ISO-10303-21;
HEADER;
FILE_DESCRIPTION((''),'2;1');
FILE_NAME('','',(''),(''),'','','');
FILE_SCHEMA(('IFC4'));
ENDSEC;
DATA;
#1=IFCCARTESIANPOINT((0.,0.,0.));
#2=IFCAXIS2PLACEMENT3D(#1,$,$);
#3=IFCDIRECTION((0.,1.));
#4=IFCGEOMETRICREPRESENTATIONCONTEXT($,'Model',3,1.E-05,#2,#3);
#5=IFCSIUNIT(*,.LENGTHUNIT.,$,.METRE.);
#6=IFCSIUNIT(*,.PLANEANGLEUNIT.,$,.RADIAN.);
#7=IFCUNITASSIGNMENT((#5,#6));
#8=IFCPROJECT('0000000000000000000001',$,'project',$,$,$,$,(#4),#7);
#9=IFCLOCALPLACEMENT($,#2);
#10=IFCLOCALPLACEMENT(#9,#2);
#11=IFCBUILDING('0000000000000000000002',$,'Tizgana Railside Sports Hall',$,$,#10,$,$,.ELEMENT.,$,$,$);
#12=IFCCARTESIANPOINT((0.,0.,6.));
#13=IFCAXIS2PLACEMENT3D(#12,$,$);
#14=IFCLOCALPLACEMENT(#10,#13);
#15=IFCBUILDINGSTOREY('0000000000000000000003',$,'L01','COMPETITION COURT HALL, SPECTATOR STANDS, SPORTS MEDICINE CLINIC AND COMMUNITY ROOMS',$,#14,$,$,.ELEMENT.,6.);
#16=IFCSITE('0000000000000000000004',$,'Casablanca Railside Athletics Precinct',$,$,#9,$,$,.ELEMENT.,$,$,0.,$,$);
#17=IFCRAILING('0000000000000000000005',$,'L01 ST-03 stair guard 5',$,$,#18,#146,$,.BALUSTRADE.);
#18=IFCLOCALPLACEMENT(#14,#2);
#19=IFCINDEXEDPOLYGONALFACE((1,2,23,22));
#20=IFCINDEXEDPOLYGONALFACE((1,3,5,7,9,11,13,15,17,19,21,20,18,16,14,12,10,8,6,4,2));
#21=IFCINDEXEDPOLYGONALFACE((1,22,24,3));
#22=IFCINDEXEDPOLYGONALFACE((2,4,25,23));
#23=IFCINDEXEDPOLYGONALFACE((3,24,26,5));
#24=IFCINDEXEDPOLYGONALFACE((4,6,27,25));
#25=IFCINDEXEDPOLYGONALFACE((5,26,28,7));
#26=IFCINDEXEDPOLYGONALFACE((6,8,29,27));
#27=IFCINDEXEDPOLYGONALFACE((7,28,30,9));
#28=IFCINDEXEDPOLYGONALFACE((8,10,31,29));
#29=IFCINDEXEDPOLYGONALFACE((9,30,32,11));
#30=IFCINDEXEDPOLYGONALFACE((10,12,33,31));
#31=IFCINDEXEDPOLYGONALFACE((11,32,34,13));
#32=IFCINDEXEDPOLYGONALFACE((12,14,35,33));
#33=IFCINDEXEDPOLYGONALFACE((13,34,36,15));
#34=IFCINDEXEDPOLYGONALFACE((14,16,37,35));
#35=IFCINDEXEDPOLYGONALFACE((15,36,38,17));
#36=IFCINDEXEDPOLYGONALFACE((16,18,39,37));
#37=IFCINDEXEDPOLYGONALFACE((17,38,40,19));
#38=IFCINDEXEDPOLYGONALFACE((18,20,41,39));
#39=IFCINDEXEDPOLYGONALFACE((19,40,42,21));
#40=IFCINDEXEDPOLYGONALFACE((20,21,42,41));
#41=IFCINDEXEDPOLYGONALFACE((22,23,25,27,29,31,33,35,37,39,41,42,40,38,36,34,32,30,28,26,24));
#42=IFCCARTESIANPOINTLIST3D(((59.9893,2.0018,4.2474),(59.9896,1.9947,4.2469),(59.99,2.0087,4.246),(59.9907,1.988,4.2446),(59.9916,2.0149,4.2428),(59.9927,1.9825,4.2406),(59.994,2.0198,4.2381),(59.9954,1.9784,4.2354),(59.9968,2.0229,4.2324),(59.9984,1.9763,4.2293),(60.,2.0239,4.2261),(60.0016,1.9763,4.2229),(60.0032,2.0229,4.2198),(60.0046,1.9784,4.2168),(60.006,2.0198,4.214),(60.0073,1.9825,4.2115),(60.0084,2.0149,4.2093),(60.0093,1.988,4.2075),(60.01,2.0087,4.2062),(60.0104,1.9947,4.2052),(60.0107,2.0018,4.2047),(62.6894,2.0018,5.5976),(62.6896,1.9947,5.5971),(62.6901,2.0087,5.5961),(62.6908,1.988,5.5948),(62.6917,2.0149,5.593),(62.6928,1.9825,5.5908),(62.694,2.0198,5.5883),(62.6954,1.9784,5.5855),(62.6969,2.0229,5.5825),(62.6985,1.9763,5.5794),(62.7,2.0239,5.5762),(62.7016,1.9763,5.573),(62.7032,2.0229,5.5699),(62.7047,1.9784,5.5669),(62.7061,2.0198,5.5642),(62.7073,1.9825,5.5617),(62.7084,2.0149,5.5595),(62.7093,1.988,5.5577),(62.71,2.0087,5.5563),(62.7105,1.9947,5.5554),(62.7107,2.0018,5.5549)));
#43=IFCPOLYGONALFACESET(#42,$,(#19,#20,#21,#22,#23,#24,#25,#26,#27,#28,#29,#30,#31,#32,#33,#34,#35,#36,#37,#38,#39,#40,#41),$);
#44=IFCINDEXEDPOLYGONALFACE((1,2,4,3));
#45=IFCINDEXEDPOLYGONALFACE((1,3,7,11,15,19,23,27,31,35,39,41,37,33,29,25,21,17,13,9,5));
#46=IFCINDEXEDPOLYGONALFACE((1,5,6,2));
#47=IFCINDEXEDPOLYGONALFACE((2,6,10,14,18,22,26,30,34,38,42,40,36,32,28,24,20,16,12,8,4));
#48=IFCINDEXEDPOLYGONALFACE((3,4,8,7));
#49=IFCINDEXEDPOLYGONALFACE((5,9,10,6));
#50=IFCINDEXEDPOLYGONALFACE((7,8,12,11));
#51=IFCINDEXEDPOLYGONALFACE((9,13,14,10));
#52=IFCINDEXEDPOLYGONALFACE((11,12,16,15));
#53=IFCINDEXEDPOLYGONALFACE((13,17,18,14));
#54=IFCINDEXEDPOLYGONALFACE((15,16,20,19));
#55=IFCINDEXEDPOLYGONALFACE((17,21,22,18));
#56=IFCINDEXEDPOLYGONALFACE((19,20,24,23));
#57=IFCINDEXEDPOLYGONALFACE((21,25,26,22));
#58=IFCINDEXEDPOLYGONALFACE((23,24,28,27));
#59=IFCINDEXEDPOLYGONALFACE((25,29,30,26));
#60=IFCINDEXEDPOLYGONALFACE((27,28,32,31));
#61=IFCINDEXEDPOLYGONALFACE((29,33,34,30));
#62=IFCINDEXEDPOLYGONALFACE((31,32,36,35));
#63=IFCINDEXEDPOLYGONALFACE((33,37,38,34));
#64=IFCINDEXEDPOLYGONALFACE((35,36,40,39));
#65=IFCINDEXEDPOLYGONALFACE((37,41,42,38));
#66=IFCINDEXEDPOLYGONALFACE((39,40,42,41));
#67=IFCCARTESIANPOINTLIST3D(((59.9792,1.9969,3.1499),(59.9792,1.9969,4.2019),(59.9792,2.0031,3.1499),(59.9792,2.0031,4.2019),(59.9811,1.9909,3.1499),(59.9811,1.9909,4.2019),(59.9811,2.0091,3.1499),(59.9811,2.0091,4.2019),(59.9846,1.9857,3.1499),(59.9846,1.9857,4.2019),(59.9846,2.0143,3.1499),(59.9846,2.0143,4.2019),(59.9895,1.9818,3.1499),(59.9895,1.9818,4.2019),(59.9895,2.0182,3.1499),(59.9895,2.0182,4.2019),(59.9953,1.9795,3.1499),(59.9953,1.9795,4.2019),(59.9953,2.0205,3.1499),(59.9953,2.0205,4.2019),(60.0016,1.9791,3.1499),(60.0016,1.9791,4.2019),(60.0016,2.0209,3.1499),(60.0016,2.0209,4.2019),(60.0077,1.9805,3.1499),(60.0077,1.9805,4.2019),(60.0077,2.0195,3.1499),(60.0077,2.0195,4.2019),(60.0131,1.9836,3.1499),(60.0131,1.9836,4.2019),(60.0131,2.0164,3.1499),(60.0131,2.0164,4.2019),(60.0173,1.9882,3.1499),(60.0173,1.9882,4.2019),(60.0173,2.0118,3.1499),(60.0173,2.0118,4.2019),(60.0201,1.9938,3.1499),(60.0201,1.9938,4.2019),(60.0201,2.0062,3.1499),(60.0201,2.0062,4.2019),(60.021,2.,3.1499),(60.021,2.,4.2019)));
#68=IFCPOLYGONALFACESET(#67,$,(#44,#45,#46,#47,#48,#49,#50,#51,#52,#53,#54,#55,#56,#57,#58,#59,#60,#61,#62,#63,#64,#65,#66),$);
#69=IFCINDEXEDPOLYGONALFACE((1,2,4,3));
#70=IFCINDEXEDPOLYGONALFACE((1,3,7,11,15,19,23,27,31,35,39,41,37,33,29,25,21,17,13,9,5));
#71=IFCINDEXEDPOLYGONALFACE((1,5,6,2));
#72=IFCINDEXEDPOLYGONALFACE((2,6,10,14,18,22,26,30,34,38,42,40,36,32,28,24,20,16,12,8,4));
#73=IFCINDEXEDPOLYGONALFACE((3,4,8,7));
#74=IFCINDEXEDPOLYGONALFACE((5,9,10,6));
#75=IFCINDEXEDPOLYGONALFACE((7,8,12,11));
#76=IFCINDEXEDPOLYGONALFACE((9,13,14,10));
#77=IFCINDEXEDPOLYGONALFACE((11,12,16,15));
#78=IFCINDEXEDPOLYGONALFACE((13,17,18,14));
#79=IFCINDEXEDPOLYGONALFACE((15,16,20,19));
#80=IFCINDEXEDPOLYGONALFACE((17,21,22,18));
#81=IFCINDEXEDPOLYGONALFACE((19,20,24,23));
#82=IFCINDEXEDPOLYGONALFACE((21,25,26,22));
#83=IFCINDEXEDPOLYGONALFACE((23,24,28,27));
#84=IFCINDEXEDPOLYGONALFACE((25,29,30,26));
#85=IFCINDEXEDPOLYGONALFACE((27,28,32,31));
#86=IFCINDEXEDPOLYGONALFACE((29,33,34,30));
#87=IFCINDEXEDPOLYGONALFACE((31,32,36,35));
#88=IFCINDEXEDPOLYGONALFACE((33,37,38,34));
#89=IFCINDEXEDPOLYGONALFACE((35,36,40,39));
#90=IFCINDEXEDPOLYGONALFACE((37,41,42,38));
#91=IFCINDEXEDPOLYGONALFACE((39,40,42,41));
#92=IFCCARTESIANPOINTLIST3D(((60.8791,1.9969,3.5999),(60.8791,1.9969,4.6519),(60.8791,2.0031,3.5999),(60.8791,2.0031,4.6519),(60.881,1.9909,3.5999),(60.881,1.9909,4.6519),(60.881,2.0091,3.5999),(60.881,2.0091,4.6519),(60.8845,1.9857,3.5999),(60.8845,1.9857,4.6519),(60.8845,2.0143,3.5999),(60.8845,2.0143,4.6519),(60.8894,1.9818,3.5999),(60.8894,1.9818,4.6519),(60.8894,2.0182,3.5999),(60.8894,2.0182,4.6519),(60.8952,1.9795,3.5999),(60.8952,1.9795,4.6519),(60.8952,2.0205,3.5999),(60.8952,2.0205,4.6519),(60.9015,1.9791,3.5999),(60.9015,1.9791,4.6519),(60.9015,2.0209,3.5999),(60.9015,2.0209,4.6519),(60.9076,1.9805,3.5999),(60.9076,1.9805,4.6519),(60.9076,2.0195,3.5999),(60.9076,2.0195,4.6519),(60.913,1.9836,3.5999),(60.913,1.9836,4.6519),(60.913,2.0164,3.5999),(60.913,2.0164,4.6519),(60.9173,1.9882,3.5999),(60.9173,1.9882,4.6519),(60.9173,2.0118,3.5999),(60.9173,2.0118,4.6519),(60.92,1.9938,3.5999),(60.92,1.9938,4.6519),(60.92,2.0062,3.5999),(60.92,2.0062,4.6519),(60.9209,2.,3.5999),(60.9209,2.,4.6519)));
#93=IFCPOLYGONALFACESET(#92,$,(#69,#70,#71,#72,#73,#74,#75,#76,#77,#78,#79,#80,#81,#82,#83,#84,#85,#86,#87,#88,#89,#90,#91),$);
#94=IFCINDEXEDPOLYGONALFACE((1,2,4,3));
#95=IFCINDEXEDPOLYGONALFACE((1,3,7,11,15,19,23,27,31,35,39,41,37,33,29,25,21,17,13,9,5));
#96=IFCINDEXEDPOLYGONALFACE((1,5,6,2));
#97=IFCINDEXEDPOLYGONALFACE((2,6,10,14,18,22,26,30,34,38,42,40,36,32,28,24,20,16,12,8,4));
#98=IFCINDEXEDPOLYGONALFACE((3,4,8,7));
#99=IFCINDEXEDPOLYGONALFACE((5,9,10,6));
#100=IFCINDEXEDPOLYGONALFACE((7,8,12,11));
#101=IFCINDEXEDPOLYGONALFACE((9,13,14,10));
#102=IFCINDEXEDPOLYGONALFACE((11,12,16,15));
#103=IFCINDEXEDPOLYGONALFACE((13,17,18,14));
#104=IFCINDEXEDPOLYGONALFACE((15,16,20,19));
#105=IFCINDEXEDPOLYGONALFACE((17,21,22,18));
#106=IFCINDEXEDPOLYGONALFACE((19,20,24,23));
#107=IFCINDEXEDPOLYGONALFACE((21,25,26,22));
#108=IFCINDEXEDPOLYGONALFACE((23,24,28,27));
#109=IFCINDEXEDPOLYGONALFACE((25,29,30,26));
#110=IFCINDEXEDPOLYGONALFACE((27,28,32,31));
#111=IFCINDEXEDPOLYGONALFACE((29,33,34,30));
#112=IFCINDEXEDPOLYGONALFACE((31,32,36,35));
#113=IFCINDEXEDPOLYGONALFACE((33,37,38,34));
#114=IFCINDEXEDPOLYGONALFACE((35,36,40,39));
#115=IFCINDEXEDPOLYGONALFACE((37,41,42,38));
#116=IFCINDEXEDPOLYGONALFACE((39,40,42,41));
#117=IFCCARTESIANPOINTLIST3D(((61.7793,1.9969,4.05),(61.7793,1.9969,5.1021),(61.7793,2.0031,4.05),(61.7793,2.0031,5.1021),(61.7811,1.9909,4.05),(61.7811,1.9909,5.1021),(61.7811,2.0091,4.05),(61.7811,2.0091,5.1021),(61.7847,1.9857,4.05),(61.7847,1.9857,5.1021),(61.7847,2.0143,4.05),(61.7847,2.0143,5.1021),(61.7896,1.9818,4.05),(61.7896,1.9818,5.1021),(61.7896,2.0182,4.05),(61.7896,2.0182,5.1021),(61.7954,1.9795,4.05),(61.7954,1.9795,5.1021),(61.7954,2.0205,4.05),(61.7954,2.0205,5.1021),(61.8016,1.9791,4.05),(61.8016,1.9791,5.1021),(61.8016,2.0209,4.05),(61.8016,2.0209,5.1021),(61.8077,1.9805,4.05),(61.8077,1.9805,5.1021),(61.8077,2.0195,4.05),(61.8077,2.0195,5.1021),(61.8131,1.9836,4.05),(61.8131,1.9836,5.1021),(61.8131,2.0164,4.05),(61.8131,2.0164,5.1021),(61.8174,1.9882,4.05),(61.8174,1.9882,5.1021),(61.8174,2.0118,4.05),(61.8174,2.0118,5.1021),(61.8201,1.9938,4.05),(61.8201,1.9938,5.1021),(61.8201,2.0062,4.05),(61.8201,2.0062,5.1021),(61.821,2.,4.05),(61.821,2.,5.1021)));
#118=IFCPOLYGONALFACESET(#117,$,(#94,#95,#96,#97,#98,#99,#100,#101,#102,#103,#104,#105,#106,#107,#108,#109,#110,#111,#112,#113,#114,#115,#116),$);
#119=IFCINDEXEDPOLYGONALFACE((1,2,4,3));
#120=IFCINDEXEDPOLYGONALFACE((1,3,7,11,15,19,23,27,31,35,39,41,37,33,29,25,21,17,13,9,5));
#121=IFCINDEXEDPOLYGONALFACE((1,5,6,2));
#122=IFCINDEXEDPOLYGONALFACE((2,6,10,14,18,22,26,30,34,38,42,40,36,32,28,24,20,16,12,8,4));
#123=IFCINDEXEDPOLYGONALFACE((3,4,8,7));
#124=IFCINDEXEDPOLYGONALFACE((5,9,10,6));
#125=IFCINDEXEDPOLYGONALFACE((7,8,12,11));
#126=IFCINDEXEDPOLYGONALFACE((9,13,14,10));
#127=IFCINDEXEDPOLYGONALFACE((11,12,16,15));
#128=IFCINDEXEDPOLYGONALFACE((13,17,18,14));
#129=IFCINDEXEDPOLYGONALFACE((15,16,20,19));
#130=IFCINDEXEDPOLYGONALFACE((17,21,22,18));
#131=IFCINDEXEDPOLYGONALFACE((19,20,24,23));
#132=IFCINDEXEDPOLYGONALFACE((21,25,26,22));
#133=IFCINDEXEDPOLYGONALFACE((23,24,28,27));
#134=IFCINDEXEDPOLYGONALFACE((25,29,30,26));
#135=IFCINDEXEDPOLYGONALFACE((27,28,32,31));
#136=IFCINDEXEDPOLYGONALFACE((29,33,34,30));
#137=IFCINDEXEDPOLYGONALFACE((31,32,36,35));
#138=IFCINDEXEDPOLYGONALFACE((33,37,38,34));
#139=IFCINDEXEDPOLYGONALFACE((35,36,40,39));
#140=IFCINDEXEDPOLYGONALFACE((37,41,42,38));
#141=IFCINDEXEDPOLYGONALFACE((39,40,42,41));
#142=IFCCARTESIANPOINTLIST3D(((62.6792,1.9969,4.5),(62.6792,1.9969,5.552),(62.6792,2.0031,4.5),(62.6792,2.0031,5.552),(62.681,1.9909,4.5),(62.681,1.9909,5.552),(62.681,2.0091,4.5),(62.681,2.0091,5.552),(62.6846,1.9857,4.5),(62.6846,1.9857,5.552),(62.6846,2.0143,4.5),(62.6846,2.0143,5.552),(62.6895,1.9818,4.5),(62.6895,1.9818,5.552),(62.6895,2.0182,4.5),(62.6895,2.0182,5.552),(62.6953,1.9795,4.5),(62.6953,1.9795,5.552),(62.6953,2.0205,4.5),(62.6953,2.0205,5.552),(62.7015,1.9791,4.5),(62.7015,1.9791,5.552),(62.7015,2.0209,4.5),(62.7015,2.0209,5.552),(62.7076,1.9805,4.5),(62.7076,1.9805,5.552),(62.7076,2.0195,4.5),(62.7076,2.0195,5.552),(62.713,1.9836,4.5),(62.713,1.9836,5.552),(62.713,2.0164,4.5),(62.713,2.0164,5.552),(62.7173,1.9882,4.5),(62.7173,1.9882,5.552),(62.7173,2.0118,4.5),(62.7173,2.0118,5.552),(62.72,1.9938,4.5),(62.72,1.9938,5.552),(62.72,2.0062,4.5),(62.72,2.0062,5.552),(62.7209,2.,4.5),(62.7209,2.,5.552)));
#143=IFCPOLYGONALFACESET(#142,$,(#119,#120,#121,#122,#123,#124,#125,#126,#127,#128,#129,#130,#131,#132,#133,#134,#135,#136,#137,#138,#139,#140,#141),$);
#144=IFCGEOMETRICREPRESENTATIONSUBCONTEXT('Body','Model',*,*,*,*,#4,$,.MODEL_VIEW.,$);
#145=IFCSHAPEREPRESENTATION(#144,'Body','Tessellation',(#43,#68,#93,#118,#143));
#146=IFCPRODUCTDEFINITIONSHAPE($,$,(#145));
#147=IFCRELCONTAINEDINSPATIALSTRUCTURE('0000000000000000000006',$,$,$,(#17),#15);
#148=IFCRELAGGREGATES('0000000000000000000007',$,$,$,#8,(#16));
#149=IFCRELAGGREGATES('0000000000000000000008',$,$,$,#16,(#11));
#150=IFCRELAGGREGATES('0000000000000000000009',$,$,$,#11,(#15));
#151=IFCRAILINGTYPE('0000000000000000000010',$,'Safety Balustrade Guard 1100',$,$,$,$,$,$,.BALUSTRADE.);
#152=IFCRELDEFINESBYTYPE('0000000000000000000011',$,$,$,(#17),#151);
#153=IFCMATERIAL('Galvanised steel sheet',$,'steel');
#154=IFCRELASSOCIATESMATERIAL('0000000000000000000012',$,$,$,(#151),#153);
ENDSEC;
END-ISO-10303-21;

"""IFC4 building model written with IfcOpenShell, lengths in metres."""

from ifc_helpers import new_model, si_unit, direction, frame, origin, origin_2d, place, context, subcontext, project, spatial, circle, extrude, material, type_object, element, save


model = new_model("IFC4")

# Units and contexts
model_context = context("Model", 3, precision=1e-05, world=origin(), true_north=direction((0.0, 1.0)))
body_context = subcontext(model_context, "Body", "Model", "MODEL_VIEW")
ifc_project = project(units=[si_unit("LENGTHUNIT", "METRE"), si_unit("PLANEANGLEUNIT", "RADIAN")], contexts=[model_context])

# Site, building, storey
site_placement = place(None, origin())
site = spatial("IfcSite", under=ifc_project, at=site_placement, Name="Casablanca Railside Athletics Precinct", CompositionType="ELEMENT", RefElevation=0.0)
building_placement = place(site_placement, origin())
building = spatial("IfcBuilding", under=site, at=building_placement, Name="Tizgana Railside Sports Hall", CompositionType="ELEMENT")
storey_placement = place(building_placement, frame((0.0, 0.0, 6.0)))
storey = spatial("IfcBuildingStorey", under=building, at=storey_placement, Name="L01", Description="COMPETITION COURT HALL, SPECTATOR STANDS, SPORTS MEDICINE CLINIC AND COMMUNITY ROOMS", CompositionType="ELEMENT", Elevation=6.0)

# Railing
ifc_material_1 = material(Name="Galvanised steel sheet", Category="steel")
railing_type_1 = type_object("IfcRailingType", Name="Safety Balustrade Guard 1100", PredefinedType="BALUSTRADE", material=ifc_material_1)
railing_1_placement = place(storey_placement, frame((60.0, 2.0, 3.1499)))
element("IfcRailing", 1, at=railing_1_placement, inside=storey, type_object=railing_type_1, Name="L01 ST-03 stair guard 5", PredefinedType="BALUSTRADE", context=body_context, shape_type="SweptSolid", body=[
    extrude(circle(Radius=0.0239, at=origin_2d()), frame((0.0, 0.0, 1.0762), z_axis=(0.894411, 0.0, 0.447246), x_axis=(0.0, 1.0, 0.0)), (0.0, 0.0, 1.0), 3.0188),
    extrude(circle(Radius=0.021, at=origin_2d()), origin(), (0.0, 0.0, 1.0), 1.052),
    extrude(circle(Radius=0.021, at=origin_2d()), frame((0.8999, 0.0, 0.45)), (0.0, 0.0, 1.0), 1.052),
    extrude(circle(Radius=0.021, at=origin_2d()), frame((1.8, 0.0, 0.9001)), (0.0, 0.0, 1.0), 1.052),
    extrude(circle(Radius=0.021, at=origin_2d()), frame((2.7, 0.0, 1.3501)), (0.0, 0.0, 1.0), 1.052),
])

save(model, "model.ifc")
